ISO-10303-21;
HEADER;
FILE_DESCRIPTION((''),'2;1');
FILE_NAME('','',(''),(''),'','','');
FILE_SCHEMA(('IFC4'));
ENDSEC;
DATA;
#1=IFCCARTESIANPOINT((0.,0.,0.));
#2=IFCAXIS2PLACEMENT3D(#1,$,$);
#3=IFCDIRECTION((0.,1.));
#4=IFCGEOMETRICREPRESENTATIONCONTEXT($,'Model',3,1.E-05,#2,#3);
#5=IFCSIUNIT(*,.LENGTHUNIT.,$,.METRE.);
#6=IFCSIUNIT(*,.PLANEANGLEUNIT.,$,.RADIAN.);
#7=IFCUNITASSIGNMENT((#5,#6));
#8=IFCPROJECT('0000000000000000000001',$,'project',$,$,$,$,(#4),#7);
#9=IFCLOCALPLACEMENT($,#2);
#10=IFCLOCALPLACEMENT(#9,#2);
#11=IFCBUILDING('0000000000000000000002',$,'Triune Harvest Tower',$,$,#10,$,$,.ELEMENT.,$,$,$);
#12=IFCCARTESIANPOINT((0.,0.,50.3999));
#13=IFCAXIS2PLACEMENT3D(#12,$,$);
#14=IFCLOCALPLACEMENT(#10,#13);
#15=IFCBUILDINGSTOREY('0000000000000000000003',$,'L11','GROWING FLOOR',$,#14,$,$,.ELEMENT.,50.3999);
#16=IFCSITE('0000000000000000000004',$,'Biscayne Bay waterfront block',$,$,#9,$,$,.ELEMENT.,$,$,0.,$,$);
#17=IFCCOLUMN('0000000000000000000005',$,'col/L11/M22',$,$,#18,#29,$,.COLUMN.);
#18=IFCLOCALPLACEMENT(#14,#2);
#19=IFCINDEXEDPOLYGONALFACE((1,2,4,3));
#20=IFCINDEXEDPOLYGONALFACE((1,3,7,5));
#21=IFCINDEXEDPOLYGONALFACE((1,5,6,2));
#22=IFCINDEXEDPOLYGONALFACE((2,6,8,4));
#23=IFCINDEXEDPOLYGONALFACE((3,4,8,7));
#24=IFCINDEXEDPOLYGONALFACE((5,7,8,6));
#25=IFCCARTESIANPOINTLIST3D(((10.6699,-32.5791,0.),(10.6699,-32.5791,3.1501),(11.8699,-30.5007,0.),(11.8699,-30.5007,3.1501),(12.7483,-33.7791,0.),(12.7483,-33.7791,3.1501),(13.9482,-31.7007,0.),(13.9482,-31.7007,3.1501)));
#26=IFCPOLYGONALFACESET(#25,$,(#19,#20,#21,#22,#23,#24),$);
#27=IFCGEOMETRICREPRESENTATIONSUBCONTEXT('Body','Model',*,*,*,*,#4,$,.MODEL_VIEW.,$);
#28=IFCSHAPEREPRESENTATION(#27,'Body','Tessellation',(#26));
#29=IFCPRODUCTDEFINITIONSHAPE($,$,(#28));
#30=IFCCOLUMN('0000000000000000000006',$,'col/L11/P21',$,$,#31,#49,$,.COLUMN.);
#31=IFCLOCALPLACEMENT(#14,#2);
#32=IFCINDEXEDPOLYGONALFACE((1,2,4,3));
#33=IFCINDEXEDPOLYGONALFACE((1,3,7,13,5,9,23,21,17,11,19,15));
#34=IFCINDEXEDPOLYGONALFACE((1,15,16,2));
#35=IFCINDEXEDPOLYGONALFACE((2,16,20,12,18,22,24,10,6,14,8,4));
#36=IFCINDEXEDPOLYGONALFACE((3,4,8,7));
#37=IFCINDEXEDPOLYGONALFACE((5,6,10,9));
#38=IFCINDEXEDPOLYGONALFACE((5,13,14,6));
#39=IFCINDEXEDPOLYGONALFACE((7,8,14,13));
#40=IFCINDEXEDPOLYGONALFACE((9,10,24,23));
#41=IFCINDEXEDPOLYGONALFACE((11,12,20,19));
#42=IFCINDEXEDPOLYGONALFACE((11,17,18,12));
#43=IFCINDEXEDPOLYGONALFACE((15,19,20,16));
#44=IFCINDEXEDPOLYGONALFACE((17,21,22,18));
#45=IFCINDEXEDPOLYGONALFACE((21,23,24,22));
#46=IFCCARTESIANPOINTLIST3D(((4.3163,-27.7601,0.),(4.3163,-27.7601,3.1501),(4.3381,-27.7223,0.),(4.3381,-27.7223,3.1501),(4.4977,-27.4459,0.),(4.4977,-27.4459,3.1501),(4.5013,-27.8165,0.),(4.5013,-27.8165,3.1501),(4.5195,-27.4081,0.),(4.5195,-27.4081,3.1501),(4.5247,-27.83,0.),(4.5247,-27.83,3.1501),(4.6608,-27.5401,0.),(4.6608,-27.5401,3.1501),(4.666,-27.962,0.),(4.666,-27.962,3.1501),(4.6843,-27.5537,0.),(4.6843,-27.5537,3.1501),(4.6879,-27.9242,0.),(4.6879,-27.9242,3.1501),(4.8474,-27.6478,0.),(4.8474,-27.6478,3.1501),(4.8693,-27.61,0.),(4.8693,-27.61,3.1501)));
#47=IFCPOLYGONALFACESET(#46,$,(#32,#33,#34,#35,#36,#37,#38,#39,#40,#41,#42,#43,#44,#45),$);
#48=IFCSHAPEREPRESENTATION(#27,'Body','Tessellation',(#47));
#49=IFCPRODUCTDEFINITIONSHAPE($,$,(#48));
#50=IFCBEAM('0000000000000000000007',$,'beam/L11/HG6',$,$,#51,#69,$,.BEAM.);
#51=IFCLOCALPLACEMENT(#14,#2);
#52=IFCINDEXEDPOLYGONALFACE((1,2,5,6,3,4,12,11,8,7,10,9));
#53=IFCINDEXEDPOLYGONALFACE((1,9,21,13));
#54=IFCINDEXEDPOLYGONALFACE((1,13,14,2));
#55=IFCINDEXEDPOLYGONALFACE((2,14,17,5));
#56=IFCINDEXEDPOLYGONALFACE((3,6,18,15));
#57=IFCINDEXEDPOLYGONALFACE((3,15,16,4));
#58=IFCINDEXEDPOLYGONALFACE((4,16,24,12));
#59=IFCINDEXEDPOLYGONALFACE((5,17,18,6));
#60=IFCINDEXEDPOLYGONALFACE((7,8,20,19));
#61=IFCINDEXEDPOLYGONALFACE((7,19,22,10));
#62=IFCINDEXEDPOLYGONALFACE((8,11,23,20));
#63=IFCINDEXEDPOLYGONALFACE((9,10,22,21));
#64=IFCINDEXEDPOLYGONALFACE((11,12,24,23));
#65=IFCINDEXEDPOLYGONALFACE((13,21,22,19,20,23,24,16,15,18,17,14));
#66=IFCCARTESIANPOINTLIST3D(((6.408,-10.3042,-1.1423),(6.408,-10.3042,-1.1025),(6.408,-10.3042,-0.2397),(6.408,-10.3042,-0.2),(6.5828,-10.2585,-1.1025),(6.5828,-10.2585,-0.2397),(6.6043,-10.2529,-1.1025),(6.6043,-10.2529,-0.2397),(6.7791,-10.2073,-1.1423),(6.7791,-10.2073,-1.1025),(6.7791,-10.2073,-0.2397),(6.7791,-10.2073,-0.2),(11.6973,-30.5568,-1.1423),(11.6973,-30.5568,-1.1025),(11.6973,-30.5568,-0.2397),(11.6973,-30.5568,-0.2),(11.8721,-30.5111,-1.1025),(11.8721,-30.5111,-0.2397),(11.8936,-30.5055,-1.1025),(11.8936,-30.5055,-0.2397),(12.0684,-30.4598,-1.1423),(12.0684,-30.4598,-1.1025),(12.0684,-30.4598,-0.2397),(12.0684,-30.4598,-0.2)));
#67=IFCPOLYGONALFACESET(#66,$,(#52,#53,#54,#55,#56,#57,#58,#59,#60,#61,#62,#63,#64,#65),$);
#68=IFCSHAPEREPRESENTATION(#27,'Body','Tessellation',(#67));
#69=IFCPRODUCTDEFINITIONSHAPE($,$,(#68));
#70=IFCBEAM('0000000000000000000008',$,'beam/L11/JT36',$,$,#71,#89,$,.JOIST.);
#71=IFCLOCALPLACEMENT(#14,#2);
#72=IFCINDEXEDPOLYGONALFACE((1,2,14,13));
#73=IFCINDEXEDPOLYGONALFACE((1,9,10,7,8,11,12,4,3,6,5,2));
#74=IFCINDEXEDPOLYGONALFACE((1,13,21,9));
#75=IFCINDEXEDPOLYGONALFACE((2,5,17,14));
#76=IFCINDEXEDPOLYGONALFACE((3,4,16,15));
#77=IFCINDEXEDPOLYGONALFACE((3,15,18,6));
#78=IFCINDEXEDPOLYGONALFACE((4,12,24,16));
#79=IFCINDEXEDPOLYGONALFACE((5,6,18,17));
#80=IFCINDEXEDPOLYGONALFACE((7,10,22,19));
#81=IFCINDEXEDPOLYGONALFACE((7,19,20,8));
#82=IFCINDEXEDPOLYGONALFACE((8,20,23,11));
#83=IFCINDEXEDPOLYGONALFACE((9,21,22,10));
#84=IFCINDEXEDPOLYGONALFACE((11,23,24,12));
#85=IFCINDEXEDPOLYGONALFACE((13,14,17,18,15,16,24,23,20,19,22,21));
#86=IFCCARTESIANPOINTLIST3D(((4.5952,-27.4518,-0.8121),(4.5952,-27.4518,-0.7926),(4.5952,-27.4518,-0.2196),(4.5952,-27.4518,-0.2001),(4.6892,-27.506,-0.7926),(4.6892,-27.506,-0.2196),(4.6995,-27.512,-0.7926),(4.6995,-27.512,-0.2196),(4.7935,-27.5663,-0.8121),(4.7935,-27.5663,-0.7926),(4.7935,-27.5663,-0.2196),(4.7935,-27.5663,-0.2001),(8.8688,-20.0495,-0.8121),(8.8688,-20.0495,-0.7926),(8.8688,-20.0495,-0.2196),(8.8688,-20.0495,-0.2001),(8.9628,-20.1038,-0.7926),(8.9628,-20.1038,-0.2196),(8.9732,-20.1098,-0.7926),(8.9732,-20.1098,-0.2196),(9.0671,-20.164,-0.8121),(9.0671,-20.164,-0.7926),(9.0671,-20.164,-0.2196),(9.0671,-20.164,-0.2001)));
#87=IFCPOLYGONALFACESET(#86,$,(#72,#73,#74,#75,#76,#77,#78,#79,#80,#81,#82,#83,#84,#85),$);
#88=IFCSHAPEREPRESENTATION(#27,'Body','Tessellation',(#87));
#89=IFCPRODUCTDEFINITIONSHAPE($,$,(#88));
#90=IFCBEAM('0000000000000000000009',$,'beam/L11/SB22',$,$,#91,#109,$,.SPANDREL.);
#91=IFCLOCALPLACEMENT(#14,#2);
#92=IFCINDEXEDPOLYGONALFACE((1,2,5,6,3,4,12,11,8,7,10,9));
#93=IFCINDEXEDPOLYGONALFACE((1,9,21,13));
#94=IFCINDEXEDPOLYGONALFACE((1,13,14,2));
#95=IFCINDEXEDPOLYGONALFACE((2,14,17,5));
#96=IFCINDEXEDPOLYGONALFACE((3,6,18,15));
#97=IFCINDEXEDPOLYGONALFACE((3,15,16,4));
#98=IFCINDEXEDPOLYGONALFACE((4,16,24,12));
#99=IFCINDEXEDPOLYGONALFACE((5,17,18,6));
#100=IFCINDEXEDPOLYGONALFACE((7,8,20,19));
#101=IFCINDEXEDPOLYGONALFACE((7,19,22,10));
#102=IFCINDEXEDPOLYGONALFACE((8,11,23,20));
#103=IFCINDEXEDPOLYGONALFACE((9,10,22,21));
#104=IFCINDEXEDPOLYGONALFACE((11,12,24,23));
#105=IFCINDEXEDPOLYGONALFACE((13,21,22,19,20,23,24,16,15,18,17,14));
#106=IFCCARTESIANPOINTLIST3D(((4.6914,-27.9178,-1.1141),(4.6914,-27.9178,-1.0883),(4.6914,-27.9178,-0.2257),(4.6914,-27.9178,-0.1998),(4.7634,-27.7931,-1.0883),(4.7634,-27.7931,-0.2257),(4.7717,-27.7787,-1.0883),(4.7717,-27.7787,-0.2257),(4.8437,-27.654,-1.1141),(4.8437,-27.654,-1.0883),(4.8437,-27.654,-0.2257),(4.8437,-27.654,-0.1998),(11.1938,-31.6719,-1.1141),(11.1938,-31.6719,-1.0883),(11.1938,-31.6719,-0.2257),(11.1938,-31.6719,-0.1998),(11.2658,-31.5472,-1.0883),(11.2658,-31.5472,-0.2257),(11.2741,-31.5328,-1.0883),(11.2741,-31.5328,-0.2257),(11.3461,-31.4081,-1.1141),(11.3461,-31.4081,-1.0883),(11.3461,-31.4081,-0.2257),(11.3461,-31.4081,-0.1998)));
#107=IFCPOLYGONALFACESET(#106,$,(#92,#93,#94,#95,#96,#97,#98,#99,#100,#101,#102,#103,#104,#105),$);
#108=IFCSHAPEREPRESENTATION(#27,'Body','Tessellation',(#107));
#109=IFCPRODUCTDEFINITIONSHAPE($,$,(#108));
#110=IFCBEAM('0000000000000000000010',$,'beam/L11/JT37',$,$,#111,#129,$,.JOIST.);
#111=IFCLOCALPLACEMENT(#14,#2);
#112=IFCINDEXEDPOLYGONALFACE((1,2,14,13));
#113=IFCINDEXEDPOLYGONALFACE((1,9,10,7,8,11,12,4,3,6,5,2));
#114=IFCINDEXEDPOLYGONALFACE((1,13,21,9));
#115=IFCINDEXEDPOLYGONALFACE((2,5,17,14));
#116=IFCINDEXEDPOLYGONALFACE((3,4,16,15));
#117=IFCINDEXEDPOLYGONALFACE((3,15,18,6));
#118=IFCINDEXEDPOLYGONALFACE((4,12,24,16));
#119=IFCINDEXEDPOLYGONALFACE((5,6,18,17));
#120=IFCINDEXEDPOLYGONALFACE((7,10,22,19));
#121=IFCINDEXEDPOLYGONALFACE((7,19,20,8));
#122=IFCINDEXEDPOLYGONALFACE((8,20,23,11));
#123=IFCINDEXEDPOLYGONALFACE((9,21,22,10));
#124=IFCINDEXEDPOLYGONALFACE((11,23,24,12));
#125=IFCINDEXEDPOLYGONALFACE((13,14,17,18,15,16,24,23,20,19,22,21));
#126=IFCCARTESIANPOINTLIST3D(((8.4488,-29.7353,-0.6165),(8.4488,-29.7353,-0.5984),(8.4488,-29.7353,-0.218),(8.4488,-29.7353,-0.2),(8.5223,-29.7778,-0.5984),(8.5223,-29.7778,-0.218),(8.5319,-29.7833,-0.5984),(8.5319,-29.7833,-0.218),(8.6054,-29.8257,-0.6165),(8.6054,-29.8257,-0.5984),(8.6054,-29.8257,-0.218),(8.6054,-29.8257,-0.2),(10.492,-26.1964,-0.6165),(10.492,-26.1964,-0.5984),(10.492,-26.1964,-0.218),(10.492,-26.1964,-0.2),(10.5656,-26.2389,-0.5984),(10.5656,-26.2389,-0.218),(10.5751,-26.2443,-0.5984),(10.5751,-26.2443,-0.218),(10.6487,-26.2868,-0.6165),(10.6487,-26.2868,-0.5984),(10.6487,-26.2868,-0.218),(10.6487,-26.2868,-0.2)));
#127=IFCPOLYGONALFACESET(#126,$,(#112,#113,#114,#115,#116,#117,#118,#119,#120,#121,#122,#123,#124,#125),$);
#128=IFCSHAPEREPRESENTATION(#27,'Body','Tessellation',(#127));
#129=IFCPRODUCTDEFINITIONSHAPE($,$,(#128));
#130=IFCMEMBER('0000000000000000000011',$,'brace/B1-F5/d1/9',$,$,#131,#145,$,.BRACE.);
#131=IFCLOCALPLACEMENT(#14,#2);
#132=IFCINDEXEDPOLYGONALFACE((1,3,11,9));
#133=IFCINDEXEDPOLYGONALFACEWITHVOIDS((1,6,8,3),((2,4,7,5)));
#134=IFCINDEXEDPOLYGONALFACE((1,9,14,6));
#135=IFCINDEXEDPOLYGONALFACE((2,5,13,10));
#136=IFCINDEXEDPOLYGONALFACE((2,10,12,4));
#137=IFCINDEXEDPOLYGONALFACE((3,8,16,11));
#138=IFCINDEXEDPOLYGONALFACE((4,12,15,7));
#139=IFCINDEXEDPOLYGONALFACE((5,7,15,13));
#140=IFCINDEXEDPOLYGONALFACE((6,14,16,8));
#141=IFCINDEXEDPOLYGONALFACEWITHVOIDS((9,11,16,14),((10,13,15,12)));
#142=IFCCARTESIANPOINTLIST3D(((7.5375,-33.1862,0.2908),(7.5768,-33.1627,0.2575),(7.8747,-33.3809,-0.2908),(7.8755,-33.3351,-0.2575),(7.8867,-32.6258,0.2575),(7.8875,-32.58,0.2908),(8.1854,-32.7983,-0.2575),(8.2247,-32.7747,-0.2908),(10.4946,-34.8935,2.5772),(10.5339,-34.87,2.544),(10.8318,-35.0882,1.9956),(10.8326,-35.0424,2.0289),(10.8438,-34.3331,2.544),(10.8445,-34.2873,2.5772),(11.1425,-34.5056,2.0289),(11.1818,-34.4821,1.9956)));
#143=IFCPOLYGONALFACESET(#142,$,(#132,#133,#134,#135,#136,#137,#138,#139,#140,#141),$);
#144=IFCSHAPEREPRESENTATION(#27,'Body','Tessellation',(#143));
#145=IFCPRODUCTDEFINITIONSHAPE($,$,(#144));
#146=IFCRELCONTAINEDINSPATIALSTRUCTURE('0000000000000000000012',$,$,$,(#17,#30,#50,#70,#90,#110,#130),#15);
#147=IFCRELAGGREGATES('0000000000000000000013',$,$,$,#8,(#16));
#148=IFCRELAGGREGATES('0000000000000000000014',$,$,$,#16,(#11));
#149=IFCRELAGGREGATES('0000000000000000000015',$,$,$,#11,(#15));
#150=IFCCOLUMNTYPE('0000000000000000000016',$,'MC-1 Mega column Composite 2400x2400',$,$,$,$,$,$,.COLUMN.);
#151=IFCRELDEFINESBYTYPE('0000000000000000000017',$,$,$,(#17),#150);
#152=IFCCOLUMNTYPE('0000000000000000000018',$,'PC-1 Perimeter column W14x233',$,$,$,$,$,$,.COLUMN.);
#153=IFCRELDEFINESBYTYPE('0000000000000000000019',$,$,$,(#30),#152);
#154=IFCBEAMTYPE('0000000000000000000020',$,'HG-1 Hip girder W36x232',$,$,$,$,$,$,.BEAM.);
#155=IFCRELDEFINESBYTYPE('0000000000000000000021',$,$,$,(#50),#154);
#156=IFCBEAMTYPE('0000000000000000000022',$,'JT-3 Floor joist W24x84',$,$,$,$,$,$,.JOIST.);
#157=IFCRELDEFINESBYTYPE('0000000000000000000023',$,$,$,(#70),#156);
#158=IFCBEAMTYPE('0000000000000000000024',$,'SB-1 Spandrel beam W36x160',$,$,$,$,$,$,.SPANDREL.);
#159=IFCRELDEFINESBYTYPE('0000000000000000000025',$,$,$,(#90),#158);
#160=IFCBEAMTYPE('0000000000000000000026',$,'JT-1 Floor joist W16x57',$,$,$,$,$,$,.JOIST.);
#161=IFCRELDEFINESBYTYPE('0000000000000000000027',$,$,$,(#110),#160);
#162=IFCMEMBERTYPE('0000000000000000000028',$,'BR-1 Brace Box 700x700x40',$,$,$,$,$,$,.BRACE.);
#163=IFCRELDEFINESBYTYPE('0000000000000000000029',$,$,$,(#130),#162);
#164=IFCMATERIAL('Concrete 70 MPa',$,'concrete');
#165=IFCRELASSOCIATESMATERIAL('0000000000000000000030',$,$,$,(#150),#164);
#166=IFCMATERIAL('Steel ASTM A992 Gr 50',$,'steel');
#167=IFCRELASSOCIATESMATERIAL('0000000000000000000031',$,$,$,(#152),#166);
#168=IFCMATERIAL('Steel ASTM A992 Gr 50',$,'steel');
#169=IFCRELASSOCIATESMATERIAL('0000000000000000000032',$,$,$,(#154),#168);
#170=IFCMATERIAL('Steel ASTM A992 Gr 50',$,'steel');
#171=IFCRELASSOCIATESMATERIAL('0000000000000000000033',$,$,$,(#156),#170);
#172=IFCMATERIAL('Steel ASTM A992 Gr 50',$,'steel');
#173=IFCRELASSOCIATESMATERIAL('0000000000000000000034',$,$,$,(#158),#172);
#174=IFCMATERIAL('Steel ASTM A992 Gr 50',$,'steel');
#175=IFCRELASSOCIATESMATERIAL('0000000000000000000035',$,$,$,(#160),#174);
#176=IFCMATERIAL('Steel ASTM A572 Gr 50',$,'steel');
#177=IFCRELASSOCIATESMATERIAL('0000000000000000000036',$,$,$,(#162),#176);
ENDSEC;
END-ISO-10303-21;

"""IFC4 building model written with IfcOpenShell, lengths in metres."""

from ifc_helpers import new_model, si_unit, direction, frame, origin, origin_2d, place, context, subcontext, project, spatial, rectangle, hollow_rectangle, i_section, extrude, source, transform, mapped, material, material_profile, profile_set, type_object, element, save


model = new_model("IFC4")

# Units and contexts
model_context = context("Model", 3, precision=1e-05, world=origin(), true_north=direction((0.0, 1.0)))
body_context = subcontext(model_context, "Body", "Model", "MODEL_VIEW")
ifc_project = project(units=[si_unit("LENGTHUNIT", "METRE"), si_unit("PLANEANGLEUNIT", "RADIAN")], contexts=[model_context])

# Site, building, storey
site_placement = place(None, origin())
site = spatial("IfcSite", under=ifc_project, at=site_placement, Name="Biscayne Bay waterfront block", CompositionType="ELEMENT", RefElevation=0.0)
building_placement = place(site_placement, origin())
building = spatial("IfcBuilding", under=site, at=building_placement, Name="Triune Harvest Tower", CompositionType="ELEMENT")
storey_placement = place(building_placement, frame((0.0, 0.0, 50.3999)))
storey = spatial("IfcBuildingStorey", under=building, at=storey_placement, Name="L11", Description="GROWING FLOOR", CompositionType="ELEMENT", Elevation=50.3999)

# Columns
ifc_material_1 = material(Name="Concrete 70 MPa", Category="concrete")
ifc_material_profile_1 = material_profile(ifc_material_1, rectangle(XDim=2.3999, YDim=2.3999, at=origin_2d()), Name="Composite 2400x2400")
ifc_profile_set_1 = profile_set([ifc_material_profile_1], Name="Concrete 70 MPa")
column_type_1 = type_object("IfcColumnType", Name="MC-1 Mega column Composite 2400x2400", PredefinedType="COLUMN", material=ifc_profile_set_1)
shared_shape_1 = source(origin(), body_context, "Body", "SweptSolid", [
    extrude(rectangle(XDim=2.3999, YDim=2.3999, at=origin_2d()), origin(), (0.0, 0.0, 1.0), 3.1501),
])
column_1_placement = place(storey_placement, frame((12.3091, -32.1399, 0.0), z_axis=(0.0, 0.0, 1.0), x_axis=(0.866025, -0.5, 0.0)))
element("IfcColumn", 1, at=column_1_placement, inside=storey, type_object=column_type_1, Name="col/L11/M22", PredefinedType="COLUMN", context=body_context, shape_type="MappedRepresentation", body=[
    mapped(shared_shape_1, transform((0.0, 0.0, 0.0), scale=1.0)),
])
ifc_material_2 = material(Name="Steel ASTM A992 Gr 50", Category="steel")
ifc_material_profile_2 = material_profile(ifc_material_2, i_section(OverallWidth=0.4038, OverallDepth=0.4065, WebThickness=0.0271, FlangeThickness=0.0437, at=origin_2d()), Name="W14x233")
ifc_profile_set_2 = profile_set([ifc_material_profile_2], Name="Steel ASTM A992 Gr 50")
column_type_2 = type_object("IfcColumnType", Name="PC-1 Perimeter column W14x233", PredefinedType="COLUMN", material=ifc_profile_set_2)
shared_shape_2 = source(origin(), body_context, "Body", "SweptSolid", [
    extrude(i_section(OverallWidth=0.4038, OverallDepth=0.4065, WebThickness=0.0271, FlangeThickness=0.0437, at=origin_2d()), origin(), (0.0, 0.0, 1.0), 3.1501),
])
column_2_placement = place(storey_placement, frame((4.5928, -27.6851, 0.0), z_axis=(0.0, 0.0, 1.0), x_axis=(0.866025, -0.5, 0.0)))
element("IfcColumn", 2, at=column_2_placement, inside=storey, type_object=column_type_2, Name="col/L11/P21", PredefinedType="COLUMN", context=body_context, shape_type="MappedRepresentation", body=[
    mapped(shared_shape_2, transform((0.0, 0.0, 0.0), scale=1.0)),
])

# Beams
ifc_material_3 = material(Name="Steel ASTM A992 Gr 50", Category="steel")
ifc_material_profile_3 = material_profile(ifc_material_3, i_section(OverallWidth=0.3835, OverallDepth=0.9424, WebThickness=0.0222, FlangeThickness=0.0398, at=origin_2d()), Name="W36x232")
ifc_profile_set_3 = profile_set([ifc_material_profile_3], Name="Steel ASTM A992 Gr 50")
beam_type_1 = type_object("IfcBeamType", Name="HG-1 Hip girder W36x232", PredefinedType="BEAM", material=ifc_profile_set_3)
shared_shape_3 = source(origin(), body_context, "Body", "SweptSolid", [
    extrude(i_section(OverallWidth=0.3835, OverallDepth=0.9424, WebThickness=0.0222, FlangeThickness=0.0398, at=origin_2d()), origin(), (0.0, 0.0, 1.0), 20.9319),
])
beam_1_placement = place(storey_placement, frame((11.8828, -30.5083, -0.6711), z_axis=(-0.25269, 0.967547, 0.0), x_axis=(-0.967547, -0.25269, 0.0)))
element("IfcBeam", 3, at=beam_1_placement, inside=storey, type_object=beam_type_1, Name="beam/L11/HG6", PredefinedType="BEAM", context=body_context, shape_type="MappedRepresentation", body=[
    mapped(shared_shape_3, transform((0.0, 0.0, 0.0), scale=1.0)),
])
ifc_material_4 = material(Name="Steel ASTM A992 Gr 50", Category="steel")
ifc_material_profile_4 = material_profile(ifc_material_4, i_section(OverallWidth=0.229, OverallDepth=0.6121, WebThickness=0.012, FlangeThickness=0.0195, at=origin_2d()), Name="W24x84")
ifc_profile_set_4 = profile_set([ifc_material_profile_4], Name="Steel ASTM A992 Gr 50")
beam_type_2 = type_object("IfcBeamType", Name="JT-3 Floor joist W24x84", PredefinedType="JOIST", material=ifc_profile_set_4)
shared_shape_4 = source(origin(), body_context, "Body", "SweptSolid", [
    extrude(i_section(OverallWidth=0.229, OverallDepth=0.6121, WebThickness=0.012, FlangeThickness=0.0195, at=origin_2d()), origin(), (0.0, 0.0, 1.0), 8.5474),
])
beam_2_placement = place(storey_placement, frame((4.6943, -27.509, -0.5061), z_axis=(0.499994, 0.866029, 0.0), x_axis=(-0.866029, 0.499994, 0.0)))
element("IfcBeam", 4, at=beam_2_placement, inside=storey, type_object=beam_type_2, Name="beam/L11/JT36", PredefinedType="JOIST", context=body_context, shape_type="MappedRepresentation", body=[
    mapped(shared_shape_4, transform((0.0, 0.0, 0.0), scale=1.0)),
])
ifc_material_5 = material(Name="Steel ASTM A992 Gr 50", Category="steel")
ifc_material_profile_5 = material_profile(ifc_material_5, i_section(OverallWidth=0.3047, OverallDepth=0.9143, WebThickness=0.0166, FlangeThickness=0.0259, at=origin_2d()), Name="W36x160")
ifc_profile_set_5 = profile_set([ifc_material_profile_5], Name="Steel ASTM A992 Gr 50")
beam_type_3 = type_object("IfcBeamType", Name="SB-1 Spandrel beam W36x160", PredefinedType="SPANDREL", material=ifc_profile_set_5)
shared_shape_5 = source(origin(), body_context, "Body", "SweptSolid", [
    extrude(i_section(OverallWidth=0.3047, OverallDepth=0.9143, WebThickness=0.0166, FlangeThickness=0.0259, at=origin_2d()), origin(), (0.0, 0.0, 1.0), 7.5083),
])
beam_3_placement = place(storey_placement, frame((4.7676, -27.7859, -0.657), z_axis=(0.866027, -0.499996, 0.0), x_axis=(0.499996, 0.866027, 0.0)))
element("IfcBeam", 5, at=beam_3_placement, inside=storey, type_object=beam_type_3, Name="beam/L11/SB22", PredefinedType="SPANDREL", context=body_context, shape_type="MappedRepresentation", body=[
    mapped(shared_shape_5, transform((0.0, 0.0, 0.0), scale=1.0)),
])
ifc_material_6 = material(Name="Steel ASTM A992 Gr 50", Category="steel")
ifc_material_profile_6 = material_profile(ifc_material_6, i_section(OverallWidth=0.1809, OverallDepth=0.4165, WebThickness=0.011, FlangeThickness=0.0181, at=origin_2d()), Name="W16x57")
ifc_profile_set_6 = profile_set([ifc_material_profile_6], Name="Steel ASTM A992 Gr 50")
beam_type_4 = type_object("IfcBeamType", Name="JT-1 Floor joist W16x57", PredefinedType="JOIST", material=ifc_profile_set_6)
shared_shape_6 = source(origin(), body_context, "Body", "SweptSolid", [
    extrude(i_section(OverallWidth=0.1809, OverallDepth=0.4165, WebThickness=0.011, FlangeThickness=0.0181, at=origin_2d()), origin(), (0.0, 0.0, 1.0), 4.0864),
])
beam_4_placement = place(storey_placement, frame((8.5271, -29.7805, -0.4082), z_axis=(0.500014, 0.866017, 0.0), x_axis=(-0.866017, 0.500014, 0.0)))
element("IfcBeam", 6, at=beam_4_placement, inside=storey, type_object=beam_type_4, Name="beam/L11/JT37", PredefinedType="JOIST", context=body_context, shape_type="MappedRepresentation", body=[
    mapped(shared_shape_6, transform((0.0, 0.0, 0.0), scale=1.0)),
])

# Member
ifc_material_7 = material(Name="Steel ASTM A572 Gr 50", Category="steel")
ifc_material_profile_7 = material_profile(ifc_material_7, hollow_rectangle(XDim=0.7, YDim=0.7, WallThickness=0.04, at=origin_2d()), Name="Box 700x700x40")
ifc_profile_set_7 = profile_set([ifc_material_profile_7], Name="Steel ASTM A572 Gr 50")
member_type_1 = type_object("IfcMemberType", Name="BR-1 Brace Box 700x700x40", PredefinedType="BRACE", material=ifc_profile_set_7)
shared_shape_7 = source(origin(), body_context, "Body", "SweptSolid", [
    extrude(hollow_rectangle(XDim=0.7, YDim=0.7, WallThickness=0.04, at=origin_2d()), origin(), (0.0, 0.0, 1.0), 4.1094),
])
member_1_placement = place(storey_placement, frame((7.8811, -32.9805, 0.0), z_axis=(0.719595, -0.415466, 0.556391), x_axis=(0.500007, 0.866021, 0.0)))
element("IfcMember", 7, at=member_1_placement, inside=storey, type_object=member_type_1, Name="brace/B1-F5/d1/9", PredefinedType="BRACE", context=body_context, shape_type="MappedRepresentation", body=[
    mapped(shared_shape_7, transform((0.0, 0.0, 0.0), scale=1.0)),
])

save(model, "model.ifc")
